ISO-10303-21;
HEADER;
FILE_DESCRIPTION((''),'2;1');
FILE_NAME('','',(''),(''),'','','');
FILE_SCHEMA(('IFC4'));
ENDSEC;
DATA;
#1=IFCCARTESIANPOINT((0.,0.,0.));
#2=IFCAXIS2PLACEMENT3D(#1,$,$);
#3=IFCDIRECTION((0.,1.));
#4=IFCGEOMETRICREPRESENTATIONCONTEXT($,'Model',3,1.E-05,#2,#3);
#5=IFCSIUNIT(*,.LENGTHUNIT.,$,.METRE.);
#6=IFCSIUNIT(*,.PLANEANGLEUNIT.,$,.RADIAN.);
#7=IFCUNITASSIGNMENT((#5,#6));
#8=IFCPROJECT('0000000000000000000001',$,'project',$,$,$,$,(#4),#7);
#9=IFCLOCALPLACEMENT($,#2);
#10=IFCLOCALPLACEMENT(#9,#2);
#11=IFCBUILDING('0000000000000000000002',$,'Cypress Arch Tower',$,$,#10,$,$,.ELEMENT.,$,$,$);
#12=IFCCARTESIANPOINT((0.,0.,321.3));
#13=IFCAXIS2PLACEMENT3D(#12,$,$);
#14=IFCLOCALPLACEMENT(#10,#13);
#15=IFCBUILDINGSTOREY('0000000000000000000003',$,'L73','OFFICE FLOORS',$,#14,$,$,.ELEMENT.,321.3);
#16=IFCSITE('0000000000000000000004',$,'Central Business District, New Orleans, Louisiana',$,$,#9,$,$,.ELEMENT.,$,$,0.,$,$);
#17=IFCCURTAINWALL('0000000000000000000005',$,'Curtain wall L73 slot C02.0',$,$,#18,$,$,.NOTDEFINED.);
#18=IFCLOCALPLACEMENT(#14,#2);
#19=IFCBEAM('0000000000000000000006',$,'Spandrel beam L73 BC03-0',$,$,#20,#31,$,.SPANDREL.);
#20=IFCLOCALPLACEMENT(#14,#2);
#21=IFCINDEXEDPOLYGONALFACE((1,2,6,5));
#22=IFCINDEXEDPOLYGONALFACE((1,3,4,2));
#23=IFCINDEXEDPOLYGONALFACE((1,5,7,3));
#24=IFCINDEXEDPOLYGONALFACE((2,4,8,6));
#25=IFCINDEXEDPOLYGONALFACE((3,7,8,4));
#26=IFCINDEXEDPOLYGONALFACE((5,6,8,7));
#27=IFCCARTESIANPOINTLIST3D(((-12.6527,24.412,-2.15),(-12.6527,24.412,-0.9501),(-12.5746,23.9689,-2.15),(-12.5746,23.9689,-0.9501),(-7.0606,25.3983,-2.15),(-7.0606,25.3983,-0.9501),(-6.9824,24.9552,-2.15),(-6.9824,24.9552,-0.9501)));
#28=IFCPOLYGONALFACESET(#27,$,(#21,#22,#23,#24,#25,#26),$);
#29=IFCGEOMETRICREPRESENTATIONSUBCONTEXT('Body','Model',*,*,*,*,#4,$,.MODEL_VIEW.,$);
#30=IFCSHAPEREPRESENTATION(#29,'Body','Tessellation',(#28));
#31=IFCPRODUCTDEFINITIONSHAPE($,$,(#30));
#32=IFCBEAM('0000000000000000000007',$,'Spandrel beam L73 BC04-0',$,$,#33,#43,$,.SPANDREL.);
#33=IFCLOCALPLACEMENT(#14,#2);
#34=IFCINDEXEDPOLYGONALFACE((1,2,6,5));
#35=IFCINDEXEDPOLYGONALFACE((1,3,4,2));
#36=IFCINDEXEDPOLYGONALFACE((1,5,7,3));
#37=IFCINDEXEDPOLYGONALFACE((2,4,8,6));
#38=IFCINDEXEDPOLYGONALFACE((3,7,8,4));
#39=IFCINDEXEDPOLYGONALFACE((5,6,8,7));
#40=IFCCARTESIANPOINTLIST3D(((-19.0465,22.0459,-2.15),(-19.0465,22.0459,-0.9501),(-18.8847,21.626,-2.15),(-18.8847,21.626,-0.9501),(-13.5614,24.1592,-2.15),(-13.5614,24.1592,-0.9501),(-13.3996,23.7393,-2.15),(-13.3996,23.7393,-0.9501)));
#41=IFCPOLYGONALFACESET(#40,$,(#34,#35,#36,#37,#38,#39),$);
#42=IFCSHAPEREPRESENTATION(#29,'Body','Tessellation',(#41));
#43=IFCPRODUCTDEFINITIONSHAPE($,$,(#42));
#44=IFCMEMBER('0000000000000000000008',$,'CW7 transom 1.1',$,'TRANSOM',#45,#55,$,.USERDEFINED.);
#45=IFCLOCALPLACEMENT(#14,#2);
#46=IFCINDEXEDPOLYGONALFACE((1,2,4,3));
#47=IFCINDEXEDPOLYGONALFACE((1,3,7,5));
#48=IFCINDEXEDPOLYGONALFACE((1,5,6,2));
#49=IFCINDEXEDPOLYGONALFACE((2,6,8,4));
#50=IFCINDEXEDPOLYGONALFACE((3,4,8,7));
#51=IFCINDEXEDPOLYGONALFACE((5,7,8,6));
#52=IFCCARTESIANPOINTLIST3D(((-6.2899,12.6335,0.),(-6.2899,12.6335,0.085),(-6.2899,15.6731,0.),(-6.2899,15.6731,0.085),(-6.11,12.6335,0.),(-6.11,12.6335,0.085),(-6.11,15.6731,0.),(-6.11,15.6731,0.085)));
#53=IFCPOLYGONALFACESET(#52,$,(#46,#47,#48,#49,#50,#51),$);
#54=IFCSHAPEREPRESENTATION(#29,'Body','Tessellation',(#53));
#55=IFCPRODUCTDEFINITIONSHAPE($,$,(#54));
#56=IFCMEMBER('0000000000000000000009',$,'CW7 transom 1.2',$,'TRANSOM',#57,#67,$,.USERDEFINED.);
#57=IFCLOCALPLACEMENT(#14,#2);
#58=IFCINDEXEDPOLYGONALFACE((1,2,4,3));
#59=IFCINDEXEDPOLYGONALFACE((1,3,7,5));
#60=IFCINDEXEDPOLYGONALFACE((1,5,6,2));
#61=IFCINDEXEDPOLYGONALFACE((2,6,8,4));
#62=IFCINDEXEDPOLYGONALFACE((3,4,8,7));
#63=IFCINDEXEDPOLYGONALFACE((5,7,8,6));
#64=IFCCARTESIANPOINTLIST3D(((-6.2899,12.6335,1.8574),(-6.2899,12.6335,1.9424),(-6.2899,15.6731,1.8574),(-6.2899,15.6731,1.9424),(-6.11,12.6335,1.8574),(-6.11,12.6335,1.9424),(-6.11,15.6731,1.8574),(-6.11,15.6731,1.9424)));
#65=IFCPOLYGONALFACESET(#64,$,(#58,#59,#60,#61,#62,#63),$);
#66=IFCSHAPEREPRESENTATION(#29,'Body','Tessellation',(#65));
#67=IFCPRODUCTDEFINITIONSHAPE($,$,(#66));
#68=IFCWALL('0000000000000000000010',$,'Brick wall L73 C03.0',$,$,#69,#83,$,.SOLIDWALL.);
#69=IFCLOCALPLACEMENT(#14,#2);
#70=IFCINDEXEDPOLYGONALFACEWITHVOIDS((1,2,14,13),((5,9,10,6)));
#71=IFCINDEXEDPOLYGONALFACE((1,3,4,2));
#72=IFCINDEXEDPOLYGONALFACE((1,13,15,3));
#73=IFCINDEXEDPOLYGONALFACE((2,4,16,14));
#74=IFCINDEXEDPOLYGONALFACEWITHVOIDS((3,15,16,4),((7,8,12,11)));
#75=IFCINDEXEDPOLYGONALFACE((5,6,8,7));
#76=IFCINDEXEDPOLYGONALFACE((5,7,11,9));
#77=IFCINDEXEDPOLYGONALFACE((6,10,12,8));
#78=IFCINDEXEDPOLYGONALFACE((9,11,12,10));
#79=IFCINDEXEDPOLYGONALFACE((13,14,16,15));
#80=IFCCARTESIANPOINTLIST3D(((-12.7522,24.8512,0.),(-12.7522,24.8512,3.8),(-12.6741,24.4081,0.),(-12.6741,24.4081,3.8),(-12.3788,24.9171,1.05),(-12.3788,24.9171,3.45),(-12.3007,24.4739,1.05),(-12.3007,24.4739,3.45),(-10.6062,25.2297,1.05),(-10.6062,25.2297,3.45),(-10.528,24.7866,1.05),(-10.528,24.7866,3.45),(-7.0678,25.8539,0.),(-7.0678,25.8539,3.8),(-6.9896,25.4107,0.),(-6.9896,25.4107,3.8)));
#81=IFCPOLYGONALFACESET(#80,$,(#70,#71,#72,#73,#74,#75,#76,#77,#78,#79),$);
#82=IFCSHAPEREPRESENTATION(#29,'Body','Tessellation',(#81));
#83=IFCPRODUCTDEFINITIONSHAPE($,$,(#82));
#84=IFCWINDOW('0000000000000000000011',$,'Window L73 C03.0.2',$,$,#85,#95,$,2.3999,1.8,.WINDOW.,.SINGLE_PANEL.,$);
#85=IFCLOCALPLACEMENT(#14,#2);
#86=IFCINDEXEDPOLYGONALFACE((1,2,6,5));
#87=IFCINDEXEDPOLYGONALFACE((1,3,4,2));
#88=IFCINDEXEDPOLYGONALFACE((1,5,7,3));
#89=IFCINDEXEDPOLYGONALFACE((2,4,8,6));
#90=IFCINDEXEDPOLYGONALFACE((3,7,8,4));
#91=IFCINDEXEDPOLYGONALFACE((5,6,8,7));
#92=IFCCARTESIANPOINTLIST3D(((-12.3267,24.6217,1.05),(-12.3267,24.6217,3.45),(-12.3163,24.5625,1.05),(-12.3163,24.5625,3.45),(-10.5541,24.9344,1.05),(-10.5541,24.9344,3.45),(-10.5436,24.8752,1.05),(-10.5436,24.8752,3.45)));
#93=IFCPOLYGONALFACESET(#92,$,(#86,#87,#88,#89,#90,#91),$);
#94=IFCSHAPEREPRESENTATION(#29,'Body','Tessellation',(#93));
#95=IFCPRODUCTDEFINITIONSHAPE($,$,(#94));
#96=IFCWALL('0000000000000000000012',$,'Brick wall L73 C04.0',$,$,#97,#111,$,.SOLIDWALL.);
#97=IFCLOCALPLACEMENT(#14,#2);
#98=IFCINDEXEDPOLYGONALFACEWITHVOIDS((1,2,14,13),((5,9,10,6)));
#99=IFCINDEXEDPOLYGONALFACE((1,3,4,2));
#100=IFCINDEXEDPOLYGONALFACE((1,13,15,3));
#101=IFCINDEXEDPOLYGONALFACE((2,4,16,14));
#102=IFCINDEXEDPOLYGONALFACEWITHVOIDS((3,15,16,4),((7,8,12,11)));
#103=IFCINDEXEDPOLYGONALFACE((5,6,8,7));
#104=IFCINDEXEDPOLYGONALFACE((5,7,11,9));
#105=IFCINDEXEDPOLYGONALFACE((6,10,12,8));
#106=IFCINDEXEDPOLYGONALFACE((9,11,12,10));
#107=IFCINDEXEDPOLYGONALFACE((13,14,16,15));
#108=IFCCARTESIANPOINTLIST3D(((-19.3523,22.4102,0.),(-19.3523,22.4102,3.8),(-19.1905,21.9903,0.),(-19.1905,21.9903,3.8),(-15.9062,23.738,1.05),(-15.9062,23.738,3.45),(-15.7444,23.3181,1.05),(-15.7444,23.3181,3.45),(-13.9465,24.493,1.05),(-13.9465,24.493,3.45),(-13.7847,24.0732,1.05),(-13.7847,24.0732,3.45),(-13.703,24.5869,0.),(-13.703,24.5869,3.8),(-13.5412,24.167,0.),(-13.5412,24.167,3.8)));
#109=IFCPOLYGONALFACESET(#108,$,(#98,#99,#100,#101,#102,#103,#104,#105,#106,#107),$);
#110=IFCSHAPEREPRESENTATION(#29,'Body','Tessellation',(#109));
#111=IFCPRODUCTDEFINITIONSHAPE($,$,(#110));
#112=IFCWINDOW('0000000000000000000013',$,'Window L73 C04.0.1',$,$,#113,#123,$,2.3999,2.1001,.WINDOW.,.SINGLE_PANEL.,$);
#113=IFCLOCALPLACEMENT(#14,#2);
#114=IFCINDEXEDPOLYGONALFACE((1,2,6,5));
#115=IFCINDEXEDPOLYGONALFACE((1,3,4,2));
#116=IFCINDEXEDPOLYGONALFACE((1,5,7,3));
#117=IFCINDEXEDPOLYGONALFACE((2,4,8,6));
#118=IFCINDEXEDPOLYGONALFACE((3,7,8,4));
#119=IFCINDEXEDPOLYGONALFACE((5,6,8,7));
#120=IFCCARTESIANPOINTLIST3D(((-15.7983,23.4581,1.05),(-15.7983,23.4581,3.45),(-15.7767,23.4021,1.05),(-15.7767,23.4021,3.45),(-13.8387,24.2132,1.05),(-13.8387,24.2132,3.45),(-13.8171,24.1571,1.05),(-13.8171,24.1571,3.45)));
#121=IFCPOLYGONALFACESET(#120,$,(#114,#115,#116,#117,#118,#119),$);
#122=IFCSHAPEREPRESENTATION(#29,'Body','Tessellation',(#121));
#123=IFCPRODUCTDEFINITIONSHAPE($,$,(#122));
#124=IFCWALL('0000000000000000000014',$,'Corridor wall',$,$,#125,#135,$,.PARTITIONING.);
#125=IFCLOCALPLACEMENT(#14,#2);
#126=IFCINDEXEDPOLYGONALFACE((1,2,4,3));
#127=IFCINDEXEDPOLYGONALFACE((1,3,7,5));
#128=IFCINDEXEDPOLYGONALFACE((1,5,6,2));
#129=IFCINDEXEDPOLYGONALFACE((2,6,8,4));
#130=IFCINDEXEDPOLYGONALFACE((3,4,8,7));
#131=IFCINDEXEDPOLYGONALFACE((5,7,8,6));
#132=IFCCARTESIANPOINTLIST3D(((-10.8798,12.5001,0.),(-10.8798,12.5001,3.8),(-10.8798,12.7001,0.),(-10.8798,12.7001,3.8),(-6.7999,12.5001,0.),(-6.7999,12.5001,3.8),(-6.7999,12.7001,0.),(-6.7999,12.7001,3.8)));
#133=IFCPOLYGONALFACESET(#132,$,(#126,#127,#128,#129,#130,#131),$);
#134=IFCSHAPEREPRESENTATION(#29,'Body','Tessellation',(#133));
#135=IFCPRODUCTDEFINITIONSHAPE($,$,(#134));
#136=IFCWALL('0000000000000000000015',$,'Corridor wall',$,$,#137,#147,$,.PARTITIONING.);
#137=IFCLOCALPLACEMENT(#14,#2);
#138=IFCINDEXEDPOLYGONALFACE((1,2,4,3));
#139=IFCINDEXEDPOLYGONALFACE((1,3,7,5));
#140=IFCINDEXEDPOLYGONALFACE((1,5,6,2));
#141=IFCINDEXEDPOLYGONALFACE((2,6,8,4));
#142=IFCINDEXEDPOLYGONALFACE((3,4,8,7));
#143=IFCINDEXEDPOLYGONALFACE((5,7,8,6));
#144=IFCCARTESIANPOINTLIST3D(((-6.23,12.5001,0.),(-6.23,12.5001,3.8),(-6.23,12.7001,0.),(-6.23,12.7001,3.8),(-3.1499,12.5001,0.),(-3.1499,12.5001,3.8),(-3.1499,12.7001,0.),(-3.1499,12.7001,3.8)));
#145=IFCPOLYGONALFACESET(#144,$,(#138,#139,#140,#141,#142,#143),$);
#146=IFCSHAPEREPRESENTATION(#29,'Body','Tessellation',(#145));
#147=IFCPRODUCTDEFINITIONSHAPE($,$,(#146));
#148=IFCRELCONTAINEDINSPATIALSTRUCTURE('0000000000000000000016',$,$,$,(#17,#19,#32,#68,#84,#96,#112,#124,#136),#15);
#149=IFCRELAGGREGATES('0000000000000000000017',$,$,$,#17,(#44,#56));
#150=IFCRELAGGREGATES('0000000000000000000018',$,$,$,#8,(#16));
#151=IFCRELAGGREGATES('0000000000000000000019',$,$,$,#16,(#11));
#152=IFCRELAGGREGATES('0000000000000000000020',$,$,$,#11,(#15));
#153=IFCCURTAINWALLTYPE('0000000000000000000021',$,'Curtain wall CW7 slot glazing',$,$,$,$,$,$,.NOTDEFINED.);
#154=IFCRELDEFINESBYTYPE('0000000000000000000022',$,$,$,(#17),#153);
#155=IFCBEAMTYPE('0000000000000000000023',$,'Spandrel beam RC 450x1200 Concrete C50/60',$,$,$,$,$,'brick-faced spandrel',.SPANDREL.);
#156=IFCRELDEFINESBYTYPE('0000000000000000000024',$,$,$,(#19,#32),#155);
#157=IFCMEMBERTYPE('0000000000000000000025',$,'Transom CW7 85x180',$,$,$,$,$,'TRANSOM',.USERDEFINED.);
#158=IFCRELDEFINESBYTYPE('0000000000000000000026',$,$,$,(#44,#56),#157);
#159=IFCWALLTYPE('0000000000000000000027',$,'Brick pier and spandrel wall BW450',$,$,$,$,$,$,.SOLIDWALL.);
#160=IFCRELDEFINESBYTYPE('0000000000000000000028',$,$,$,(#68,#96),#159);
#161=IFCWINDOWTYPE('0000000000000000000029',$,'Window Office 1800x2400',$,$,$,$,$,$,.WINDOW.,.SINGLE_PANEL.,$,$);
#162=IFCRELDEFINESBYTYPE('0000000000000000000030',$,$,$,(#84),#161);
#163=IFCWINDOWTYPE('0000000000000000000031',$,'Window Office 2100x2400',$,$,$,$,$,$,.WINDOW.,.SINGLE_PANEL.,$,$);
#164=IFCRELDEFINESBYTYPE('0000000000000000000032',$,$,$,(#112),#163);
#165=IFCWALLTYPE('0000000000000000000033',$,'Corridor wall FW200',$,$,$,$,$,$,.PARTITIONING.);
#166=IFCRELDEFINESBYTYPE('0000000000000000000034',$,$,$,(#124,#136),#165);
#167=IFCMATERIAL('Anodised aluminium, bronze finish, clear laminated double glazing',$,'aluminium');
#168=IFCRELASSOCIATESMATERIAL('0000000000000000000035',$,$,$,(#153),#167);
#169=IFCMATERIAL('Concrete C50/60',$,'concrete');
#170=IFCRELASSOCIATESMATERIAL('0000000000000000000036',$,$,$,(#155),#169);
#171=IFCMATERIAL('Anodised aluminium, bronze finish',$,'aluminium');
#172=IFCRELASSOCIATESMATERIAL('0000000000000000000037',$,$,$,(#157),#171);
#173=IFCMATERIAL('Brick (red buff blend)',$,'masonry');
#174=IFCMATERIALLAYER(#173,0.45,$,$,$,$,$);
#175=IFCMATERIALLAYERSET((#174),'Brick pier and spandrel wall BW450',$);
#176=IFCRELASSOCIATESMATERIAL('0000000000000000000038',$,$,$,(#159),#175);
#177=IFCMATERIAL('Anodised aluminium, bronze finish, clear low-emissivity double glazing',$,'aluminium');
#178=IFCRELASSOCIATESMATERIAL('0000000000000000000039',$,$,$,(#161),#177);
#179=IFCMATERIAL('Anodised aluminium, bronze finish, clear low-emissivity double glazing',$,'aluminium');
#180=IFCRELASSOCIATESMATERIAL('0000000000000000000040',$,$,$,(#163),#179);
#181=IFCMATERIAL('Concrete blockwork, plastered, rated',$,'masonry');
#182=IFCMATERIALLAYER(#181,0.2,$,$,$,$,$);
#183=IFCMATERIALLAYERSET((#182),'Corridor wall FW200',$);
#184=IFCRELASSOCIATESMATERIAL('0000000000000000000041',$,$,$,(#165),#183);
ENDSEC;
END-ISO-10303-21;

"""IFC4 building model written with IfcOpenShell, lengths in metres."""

from ifc_helpers import new_model, si_unit, direction, frame, frame_2d, origin, origin_2d, place, context, subcontext, project, spatial, rectangle, extrude, material, layer, layer_set, material_profile, profile_set, type_object, element, fill, aggregate, save


model = new_model("IFC4")

# Units and contexts
model_context = context("Model", 3, precision=1e-05, world=origin(), true_north=direction((0.0, 1.0)))
body_context = subcontext(model_context, "Body", "Model", "MODEL_VIEW")
ifc_project = project(units=[si_unit("LENGTHUNIT", "METRE"), si_unit("PLANEANGLEUNIT", "RADIAN")], contexts=[model_context])

# Site, building, storey
site_placement = place(None, origin())
site = spatial("IfcSite", under=ifc_project, at=site_placement, Name="Central Business District, New Orleans, Louisiana", CompositionType="ELEMENT", RefElevation=0.0)
building_placement = place(site_placement, origin())
building = spatial("IfcBuilding", under=site, at=building_placement, Name="Cypress Arch Tower", CompositionType="ELEMENT")
storey_placement = place(building_placement, frame((0.0, 0.0, 321.3)))
storey = spatial("IfcBuildingStorey", under=building, at=storey_placement, Name="L73", Description="OFFICE FLOORS", CompositionType="ELEMENT", Elevation=321.3)

# Curtain wall
ifc_material_1 = material(Name="Anodised aluminium, bronze finish, clear laminated double glazing", Category="aluminium")
curtain_wall_type = type_object("IfcCurtainWallType", Name="Curtain wall CW7 slot glazing", PredefinedType="NOTDEFINED", material=ifc_material_1)
curtain_wall_placement = place(storey_placement, origin())
curtain_wall = element("IfcCurtainWall", 1, at=curtain_wall_placement, inside=storey, type_object=curtain_wall_type, Name="Curtain wall L73 slot C02.0", PredefinedType="NOTDEFINED")

# Beams
ifc_material_2 = material(Name="Concrete C50/60", Category="concrete")
ifc_material_profile_1 = material_profile(ifc_material_2, rectangle(XDim=0.45, YDim=1.2, at=origin_2d()), Name="RC 450x1200")
ifc_profile_set_1 = profile_set([ifc_material_profile_1], Name="Concrete C50/60")
beam_type_1 = type_object("IfcBeamType", Name="Spandrel beam RC 450x1200 Concrete C50/60", ElementType="brick-faced spandrel", PredefinedType="SPANDREL", material=ifc_profile_set_1)
beam_1_placement = place(storey_placement, frame((-7.0215, 25.1768, -1.55), z_axis=(-0.984799, -0.173699, 0.0), x_axis=(0.173699, -0.984799, 0.0)))
element("IfcBeam", 2, at=beam_1_placement, inside=storey, type_object=beam_type_1, Name="Spandrel beam L73 BC03-0", PredefinedType="SPANDREL", context=body_context, shape_type="SweptSolid", body=[
    extrude(rectangle(XDim=0.45, YDim=1.2, at=origin_2d()), origin(), (0.0, 0.0, 1.0), 5.6785),
])
beam_2_placement = place(storey_placement, frame((-13.4805, 23.9492, -1.55), z_axis=(-0.933139, -0.359516, 0.0), x_axis=(0.359516, -0.933139, 0.0)))
element("IfcBeam", 3, at=beam_2_placement, inside=storey, type_object=beam_type_1, Name="Spandrel beam L73 BC04-0", PredefinedType="SPANDREL", context=body_context, shape_type="SweptSolid", body=[
    extrude(rectangle(XDim=0.45, YDim=1.2, at=origin_2d()), origin(), (0.0, 0.0, 1.0), 5.8782),
])

# Members
ifc_material_3 = material(Name="Anodised aluminium, bronze finish", Category="aluminium")
ifc_material_profile_2 = material_profile(ifc_material_3, rectangle(XDim=0.1799, YDim=0.085, at=origin_2d()), Name="Transom 85x180")
ifc_profile_set_2 = profile_set([ifc_material_profile_2], Name="Anodised aluminium, bronze finish")
member_type_1 = type_object("IfcMemberType", Name="Transom CW7 85x180", ElementType="TRANSOM", PredefinedType="USERDEFINED", material=ifc_profile_set_2)
member_1_placement = place(storey_placement, frame((-6.2, 12.6335, 0.0425), z_axis=(0.0, 1.0, 0.0), x_axis=(-1.0, 0.0, 0.0)))
member_1 = element("IfcMember", 4, at=member_1_placement, type_object=member_type_1, Name="CW7 transom 1.1", ObjectType="TRANSOM", PredefinedType="USERDEFINED", context=body_context, shape_type="SweptSolid", body=[
    extrude(rectangle(XDim=0.1799, YDim=0.085, at=origin_2d()), origin(), (0.0, 0.0, 1.0), 3.0396),
])
member_2_placement = place(storey_placement, frame((-6.2, 12.6335, 1.8999), z_axis=(0.0, 1.0, 0.0), x_axis=(-1.0, 0.0, 0.0)))
member_2 = element("IfcMember", 5, at=member_2_placement, type_object=member_type_1, Name="CW7 transom 1.2", ObjectType="TRANSOM", PredefinedType="USERDEFINED", context=body_context, shape_type="SweptSolid", body=[
    extrude(rectangle(XDim=0.1799, YDim=0.085, at=origin_2d()), origin(), (0.0, 0.0, 1.0), 3.0396),
])
aggregate(curtain_wall, [member_1, member_2])

# Walls, openings, windows
ifc_material_4 = material(Name="Brick (red buff blend)", Category="masonry")
ifc_layer_1 = layer(ifc_material_4, 0.45)
ifc_layer_set_1 = layer_set([ifc_layer_1], Name="Brick pier and spandrel wall BW450")
wall_type_1 = type_object("IfcWallType", Name="Brick pier and spandrel wall BW450", PredefinedType="SOLIDWALL", material=ifc_layer_set_1)
wall_1_placement = place(storey_placement, frame((-7.0286, 25.6323, 0.0), z_axis=(0.0, 0.0, 1.0), x_axis=(-0.984798, -0.173706, 0.0)))
wall_1 = element("IfcWall", 6, at=wall_1_placement, inside=storey, type_object=wall_type_1, Name="Brick wall L73 C03.0", PredefinedType="SOLIDWALL", context=body_context, shape_type="SweptSolid", body=[
    extrude(rectangle(XDim=5.7722, YDim=0.45, at=frame_2d((2.8862, 0.0))), origin(), (0.0, 0.0, 1.0), 3.8),
])
opening_1_placement = place(wall_1_placement, frame((3.5933, 0.0, 1.05)))
opening_1 = element("IfcOpeningElement", 7, at=opening_1_placement, cuts=wall_1, PredefinedType="OPENING", context=body_context, shape_type="SweptSolid", body=[
    extrude(rectangle(XDim=1.8, YDim=2.3999, at=frame_2d((0.8999, 1.2))), frame((0.0, 0.2349, 0.0), z_axis=(0.0, -1.0, 0.0), x_axis=(1.0, 0.0, 0.0)), (0.0, 0.0, 1.0), 0.47),
])
ifc_material_5 = material(Name="Anodised aluminium, bronze finish, clear low-emissivity double glazing", Category="aluminium")
window_type_1 = type_object("IfcWindowType", Name="Window Office 1800x2400", PartitioningType="SINGLE_PANEL", PredefinedType="WINDOW", material=ifc_material_5)
window_1_placement = place(opening_1_placement, origin())
window_1 = element("IfcWindow", 8, at=window_1_placement, inside=storey, type_object=window_type_1, Name="Window L73 C03.0.2", OverallHeight=2.3999, OverallWidth=1.8, PartitioningType="SINGLE_PANEL", PredefinedType="WINDOW", context=body_context, shape_type="SweptSolid", body=[
    extrude(rectangle(XDim=1.8, YDim=2.3999, at=frame_2d((0.8999, 1.2))), frame((0.0, 0.135, 0.0), z_axis=(0.0, -1.0, 0.0), x_axis=(1.0, 0.0, 0.0)), (0.0, 0.0, 1.0), 0.0601),
])
fill(opening_1, window_1)
wall_2_placement = place(storey_placement, frame((-13.6221, 24.377, 0.0), z_axis=(0.0, 0.0, 1.0), x_axis=(-0.933129, -0.359541, 0.0)))
wall_2 = element("IfcWall", 9, at=wall_2_placement, inside=storey, type_object=wall_type_1, Name="Brick wall L73 C04.0", PredefinedType="SOLIDWALL", context=body_context, shape_type="SweptSolid", body=[
    extrude(rectangle(XDim=6.0542, YDim=0.45, at=frame_2d((3.0271, 0.0))), origin(), (0.0, 0.0, 1.0), 3.8),
])
opening_2_placement = place(wall_2_placement, frame((0.261, 0.0, 1.05)))
opening_2 = element("IfcOpeningElement", 10, at=opening_2_placement, cuts=wall_2, PredefinedType="OPENING", context=body_context, shape_type="SweptSolid", body=[
    extrude(rectangle(XDim=2.1001, YDim=2.3999, at=frame_2d((1.05, 1.2))), frame((0.0, 0.2349, 0.0), z_axis=(0.0, -1.0, 0.0), x_axis=(1.0, 0.0, 0.0)), (0.0, 0.0, 1.0), 0.47),
])
ifc_material_6 = material(Name="Anodised aluminium, bronze finish, clear low-emissivity double glazing", Category="aluminium")
window_type_2 = type_object("IfcWindowType", Name="Window Office 2100x2400", PartitioningType="SINGLE_PANEL", PredefinedType="WINDOW", material=ifc_material_6)
window_2_placement = place(opening_2_placement, origin())
window_2 = element("IfcWindow", 11, at=window_2_placement, inside=storey, type_object=window_type_2, Name="Window L73 C04.0.1", OverallHeight=2.3999, OverallWidth=2.1001, PartitioningType="SINGLE_PANEL", PredefinedType="WINDOW", context=body_context, shape_type="SweptSolid", body=[
    extrude(rectangle(XDim=2.1001, YDim=2.3999, at=frame_2d((1.05, 1.2))), frame((0.0, 0.135, 0.0), z_axis=(0.0, -1.0, 0.0), x_axis=(1.0, 0.0, 0.0)), (0.0, 0.0, 1.0), 0.0601),
])
fill(opening_2, window_2)

# Walls
ifc_material_7 = material(Name="Concrete blockwork, plastered, rated", Category="masonry")
ifc_layer_2 = layer(ifc_material_7, 0.2)
ifc_layer_set_2 = layer_set([ifc_layer_2], Name="Corridor wall FW200")
wall_type_2 = type_object("IfcWallType", Name="Corridor wall FW200", PredefinedType="PARTITIONING", material=ifc_layer_set_2)
wall_3_placement = place(storey_placement, frame((-10.8799, 12.6001, 0.0), z_axis=(0.0, 0.0, 1.0), x_axis=(1.0, 0.0, 0.0)))
element("IfcWall", 12, at=wall_3_placement, inside=storey, type_object=wall_type_2, Name="Corridor wall", PredefinedType="PARTITIONING", context=body_context, shape_type="SweptSolid", body=[
    extrude(rectangle(XDim=4.0798, YDim=0.2, at=frame_2d((2.04, 0.0))), origin(), (0.0, 0.0, 1.0), 3.8),
])
wall_4_placement = place(storey_placement, frame((-6.23, 12.6001, 0.0), z_axis=(0.0, 0.0, 1.0), x_axis=(1.0, 0.0, 0.0)))
element("IfcWall", 13, at=wall_4_placement, inside=storey, type_object=wall_type_2, Name="Corridor wall", PredefinedType="PARTITIONING", context=body_context, shape_type="SweptSolid", body=[
    extrude(rectangle(XDim=3.0801, YDim=0.2, at=frame_2d((1.54, 0.0))), origin(), (0.0, 0.0, 1.0), 3.8),
])

save(model, "model.ifc")
